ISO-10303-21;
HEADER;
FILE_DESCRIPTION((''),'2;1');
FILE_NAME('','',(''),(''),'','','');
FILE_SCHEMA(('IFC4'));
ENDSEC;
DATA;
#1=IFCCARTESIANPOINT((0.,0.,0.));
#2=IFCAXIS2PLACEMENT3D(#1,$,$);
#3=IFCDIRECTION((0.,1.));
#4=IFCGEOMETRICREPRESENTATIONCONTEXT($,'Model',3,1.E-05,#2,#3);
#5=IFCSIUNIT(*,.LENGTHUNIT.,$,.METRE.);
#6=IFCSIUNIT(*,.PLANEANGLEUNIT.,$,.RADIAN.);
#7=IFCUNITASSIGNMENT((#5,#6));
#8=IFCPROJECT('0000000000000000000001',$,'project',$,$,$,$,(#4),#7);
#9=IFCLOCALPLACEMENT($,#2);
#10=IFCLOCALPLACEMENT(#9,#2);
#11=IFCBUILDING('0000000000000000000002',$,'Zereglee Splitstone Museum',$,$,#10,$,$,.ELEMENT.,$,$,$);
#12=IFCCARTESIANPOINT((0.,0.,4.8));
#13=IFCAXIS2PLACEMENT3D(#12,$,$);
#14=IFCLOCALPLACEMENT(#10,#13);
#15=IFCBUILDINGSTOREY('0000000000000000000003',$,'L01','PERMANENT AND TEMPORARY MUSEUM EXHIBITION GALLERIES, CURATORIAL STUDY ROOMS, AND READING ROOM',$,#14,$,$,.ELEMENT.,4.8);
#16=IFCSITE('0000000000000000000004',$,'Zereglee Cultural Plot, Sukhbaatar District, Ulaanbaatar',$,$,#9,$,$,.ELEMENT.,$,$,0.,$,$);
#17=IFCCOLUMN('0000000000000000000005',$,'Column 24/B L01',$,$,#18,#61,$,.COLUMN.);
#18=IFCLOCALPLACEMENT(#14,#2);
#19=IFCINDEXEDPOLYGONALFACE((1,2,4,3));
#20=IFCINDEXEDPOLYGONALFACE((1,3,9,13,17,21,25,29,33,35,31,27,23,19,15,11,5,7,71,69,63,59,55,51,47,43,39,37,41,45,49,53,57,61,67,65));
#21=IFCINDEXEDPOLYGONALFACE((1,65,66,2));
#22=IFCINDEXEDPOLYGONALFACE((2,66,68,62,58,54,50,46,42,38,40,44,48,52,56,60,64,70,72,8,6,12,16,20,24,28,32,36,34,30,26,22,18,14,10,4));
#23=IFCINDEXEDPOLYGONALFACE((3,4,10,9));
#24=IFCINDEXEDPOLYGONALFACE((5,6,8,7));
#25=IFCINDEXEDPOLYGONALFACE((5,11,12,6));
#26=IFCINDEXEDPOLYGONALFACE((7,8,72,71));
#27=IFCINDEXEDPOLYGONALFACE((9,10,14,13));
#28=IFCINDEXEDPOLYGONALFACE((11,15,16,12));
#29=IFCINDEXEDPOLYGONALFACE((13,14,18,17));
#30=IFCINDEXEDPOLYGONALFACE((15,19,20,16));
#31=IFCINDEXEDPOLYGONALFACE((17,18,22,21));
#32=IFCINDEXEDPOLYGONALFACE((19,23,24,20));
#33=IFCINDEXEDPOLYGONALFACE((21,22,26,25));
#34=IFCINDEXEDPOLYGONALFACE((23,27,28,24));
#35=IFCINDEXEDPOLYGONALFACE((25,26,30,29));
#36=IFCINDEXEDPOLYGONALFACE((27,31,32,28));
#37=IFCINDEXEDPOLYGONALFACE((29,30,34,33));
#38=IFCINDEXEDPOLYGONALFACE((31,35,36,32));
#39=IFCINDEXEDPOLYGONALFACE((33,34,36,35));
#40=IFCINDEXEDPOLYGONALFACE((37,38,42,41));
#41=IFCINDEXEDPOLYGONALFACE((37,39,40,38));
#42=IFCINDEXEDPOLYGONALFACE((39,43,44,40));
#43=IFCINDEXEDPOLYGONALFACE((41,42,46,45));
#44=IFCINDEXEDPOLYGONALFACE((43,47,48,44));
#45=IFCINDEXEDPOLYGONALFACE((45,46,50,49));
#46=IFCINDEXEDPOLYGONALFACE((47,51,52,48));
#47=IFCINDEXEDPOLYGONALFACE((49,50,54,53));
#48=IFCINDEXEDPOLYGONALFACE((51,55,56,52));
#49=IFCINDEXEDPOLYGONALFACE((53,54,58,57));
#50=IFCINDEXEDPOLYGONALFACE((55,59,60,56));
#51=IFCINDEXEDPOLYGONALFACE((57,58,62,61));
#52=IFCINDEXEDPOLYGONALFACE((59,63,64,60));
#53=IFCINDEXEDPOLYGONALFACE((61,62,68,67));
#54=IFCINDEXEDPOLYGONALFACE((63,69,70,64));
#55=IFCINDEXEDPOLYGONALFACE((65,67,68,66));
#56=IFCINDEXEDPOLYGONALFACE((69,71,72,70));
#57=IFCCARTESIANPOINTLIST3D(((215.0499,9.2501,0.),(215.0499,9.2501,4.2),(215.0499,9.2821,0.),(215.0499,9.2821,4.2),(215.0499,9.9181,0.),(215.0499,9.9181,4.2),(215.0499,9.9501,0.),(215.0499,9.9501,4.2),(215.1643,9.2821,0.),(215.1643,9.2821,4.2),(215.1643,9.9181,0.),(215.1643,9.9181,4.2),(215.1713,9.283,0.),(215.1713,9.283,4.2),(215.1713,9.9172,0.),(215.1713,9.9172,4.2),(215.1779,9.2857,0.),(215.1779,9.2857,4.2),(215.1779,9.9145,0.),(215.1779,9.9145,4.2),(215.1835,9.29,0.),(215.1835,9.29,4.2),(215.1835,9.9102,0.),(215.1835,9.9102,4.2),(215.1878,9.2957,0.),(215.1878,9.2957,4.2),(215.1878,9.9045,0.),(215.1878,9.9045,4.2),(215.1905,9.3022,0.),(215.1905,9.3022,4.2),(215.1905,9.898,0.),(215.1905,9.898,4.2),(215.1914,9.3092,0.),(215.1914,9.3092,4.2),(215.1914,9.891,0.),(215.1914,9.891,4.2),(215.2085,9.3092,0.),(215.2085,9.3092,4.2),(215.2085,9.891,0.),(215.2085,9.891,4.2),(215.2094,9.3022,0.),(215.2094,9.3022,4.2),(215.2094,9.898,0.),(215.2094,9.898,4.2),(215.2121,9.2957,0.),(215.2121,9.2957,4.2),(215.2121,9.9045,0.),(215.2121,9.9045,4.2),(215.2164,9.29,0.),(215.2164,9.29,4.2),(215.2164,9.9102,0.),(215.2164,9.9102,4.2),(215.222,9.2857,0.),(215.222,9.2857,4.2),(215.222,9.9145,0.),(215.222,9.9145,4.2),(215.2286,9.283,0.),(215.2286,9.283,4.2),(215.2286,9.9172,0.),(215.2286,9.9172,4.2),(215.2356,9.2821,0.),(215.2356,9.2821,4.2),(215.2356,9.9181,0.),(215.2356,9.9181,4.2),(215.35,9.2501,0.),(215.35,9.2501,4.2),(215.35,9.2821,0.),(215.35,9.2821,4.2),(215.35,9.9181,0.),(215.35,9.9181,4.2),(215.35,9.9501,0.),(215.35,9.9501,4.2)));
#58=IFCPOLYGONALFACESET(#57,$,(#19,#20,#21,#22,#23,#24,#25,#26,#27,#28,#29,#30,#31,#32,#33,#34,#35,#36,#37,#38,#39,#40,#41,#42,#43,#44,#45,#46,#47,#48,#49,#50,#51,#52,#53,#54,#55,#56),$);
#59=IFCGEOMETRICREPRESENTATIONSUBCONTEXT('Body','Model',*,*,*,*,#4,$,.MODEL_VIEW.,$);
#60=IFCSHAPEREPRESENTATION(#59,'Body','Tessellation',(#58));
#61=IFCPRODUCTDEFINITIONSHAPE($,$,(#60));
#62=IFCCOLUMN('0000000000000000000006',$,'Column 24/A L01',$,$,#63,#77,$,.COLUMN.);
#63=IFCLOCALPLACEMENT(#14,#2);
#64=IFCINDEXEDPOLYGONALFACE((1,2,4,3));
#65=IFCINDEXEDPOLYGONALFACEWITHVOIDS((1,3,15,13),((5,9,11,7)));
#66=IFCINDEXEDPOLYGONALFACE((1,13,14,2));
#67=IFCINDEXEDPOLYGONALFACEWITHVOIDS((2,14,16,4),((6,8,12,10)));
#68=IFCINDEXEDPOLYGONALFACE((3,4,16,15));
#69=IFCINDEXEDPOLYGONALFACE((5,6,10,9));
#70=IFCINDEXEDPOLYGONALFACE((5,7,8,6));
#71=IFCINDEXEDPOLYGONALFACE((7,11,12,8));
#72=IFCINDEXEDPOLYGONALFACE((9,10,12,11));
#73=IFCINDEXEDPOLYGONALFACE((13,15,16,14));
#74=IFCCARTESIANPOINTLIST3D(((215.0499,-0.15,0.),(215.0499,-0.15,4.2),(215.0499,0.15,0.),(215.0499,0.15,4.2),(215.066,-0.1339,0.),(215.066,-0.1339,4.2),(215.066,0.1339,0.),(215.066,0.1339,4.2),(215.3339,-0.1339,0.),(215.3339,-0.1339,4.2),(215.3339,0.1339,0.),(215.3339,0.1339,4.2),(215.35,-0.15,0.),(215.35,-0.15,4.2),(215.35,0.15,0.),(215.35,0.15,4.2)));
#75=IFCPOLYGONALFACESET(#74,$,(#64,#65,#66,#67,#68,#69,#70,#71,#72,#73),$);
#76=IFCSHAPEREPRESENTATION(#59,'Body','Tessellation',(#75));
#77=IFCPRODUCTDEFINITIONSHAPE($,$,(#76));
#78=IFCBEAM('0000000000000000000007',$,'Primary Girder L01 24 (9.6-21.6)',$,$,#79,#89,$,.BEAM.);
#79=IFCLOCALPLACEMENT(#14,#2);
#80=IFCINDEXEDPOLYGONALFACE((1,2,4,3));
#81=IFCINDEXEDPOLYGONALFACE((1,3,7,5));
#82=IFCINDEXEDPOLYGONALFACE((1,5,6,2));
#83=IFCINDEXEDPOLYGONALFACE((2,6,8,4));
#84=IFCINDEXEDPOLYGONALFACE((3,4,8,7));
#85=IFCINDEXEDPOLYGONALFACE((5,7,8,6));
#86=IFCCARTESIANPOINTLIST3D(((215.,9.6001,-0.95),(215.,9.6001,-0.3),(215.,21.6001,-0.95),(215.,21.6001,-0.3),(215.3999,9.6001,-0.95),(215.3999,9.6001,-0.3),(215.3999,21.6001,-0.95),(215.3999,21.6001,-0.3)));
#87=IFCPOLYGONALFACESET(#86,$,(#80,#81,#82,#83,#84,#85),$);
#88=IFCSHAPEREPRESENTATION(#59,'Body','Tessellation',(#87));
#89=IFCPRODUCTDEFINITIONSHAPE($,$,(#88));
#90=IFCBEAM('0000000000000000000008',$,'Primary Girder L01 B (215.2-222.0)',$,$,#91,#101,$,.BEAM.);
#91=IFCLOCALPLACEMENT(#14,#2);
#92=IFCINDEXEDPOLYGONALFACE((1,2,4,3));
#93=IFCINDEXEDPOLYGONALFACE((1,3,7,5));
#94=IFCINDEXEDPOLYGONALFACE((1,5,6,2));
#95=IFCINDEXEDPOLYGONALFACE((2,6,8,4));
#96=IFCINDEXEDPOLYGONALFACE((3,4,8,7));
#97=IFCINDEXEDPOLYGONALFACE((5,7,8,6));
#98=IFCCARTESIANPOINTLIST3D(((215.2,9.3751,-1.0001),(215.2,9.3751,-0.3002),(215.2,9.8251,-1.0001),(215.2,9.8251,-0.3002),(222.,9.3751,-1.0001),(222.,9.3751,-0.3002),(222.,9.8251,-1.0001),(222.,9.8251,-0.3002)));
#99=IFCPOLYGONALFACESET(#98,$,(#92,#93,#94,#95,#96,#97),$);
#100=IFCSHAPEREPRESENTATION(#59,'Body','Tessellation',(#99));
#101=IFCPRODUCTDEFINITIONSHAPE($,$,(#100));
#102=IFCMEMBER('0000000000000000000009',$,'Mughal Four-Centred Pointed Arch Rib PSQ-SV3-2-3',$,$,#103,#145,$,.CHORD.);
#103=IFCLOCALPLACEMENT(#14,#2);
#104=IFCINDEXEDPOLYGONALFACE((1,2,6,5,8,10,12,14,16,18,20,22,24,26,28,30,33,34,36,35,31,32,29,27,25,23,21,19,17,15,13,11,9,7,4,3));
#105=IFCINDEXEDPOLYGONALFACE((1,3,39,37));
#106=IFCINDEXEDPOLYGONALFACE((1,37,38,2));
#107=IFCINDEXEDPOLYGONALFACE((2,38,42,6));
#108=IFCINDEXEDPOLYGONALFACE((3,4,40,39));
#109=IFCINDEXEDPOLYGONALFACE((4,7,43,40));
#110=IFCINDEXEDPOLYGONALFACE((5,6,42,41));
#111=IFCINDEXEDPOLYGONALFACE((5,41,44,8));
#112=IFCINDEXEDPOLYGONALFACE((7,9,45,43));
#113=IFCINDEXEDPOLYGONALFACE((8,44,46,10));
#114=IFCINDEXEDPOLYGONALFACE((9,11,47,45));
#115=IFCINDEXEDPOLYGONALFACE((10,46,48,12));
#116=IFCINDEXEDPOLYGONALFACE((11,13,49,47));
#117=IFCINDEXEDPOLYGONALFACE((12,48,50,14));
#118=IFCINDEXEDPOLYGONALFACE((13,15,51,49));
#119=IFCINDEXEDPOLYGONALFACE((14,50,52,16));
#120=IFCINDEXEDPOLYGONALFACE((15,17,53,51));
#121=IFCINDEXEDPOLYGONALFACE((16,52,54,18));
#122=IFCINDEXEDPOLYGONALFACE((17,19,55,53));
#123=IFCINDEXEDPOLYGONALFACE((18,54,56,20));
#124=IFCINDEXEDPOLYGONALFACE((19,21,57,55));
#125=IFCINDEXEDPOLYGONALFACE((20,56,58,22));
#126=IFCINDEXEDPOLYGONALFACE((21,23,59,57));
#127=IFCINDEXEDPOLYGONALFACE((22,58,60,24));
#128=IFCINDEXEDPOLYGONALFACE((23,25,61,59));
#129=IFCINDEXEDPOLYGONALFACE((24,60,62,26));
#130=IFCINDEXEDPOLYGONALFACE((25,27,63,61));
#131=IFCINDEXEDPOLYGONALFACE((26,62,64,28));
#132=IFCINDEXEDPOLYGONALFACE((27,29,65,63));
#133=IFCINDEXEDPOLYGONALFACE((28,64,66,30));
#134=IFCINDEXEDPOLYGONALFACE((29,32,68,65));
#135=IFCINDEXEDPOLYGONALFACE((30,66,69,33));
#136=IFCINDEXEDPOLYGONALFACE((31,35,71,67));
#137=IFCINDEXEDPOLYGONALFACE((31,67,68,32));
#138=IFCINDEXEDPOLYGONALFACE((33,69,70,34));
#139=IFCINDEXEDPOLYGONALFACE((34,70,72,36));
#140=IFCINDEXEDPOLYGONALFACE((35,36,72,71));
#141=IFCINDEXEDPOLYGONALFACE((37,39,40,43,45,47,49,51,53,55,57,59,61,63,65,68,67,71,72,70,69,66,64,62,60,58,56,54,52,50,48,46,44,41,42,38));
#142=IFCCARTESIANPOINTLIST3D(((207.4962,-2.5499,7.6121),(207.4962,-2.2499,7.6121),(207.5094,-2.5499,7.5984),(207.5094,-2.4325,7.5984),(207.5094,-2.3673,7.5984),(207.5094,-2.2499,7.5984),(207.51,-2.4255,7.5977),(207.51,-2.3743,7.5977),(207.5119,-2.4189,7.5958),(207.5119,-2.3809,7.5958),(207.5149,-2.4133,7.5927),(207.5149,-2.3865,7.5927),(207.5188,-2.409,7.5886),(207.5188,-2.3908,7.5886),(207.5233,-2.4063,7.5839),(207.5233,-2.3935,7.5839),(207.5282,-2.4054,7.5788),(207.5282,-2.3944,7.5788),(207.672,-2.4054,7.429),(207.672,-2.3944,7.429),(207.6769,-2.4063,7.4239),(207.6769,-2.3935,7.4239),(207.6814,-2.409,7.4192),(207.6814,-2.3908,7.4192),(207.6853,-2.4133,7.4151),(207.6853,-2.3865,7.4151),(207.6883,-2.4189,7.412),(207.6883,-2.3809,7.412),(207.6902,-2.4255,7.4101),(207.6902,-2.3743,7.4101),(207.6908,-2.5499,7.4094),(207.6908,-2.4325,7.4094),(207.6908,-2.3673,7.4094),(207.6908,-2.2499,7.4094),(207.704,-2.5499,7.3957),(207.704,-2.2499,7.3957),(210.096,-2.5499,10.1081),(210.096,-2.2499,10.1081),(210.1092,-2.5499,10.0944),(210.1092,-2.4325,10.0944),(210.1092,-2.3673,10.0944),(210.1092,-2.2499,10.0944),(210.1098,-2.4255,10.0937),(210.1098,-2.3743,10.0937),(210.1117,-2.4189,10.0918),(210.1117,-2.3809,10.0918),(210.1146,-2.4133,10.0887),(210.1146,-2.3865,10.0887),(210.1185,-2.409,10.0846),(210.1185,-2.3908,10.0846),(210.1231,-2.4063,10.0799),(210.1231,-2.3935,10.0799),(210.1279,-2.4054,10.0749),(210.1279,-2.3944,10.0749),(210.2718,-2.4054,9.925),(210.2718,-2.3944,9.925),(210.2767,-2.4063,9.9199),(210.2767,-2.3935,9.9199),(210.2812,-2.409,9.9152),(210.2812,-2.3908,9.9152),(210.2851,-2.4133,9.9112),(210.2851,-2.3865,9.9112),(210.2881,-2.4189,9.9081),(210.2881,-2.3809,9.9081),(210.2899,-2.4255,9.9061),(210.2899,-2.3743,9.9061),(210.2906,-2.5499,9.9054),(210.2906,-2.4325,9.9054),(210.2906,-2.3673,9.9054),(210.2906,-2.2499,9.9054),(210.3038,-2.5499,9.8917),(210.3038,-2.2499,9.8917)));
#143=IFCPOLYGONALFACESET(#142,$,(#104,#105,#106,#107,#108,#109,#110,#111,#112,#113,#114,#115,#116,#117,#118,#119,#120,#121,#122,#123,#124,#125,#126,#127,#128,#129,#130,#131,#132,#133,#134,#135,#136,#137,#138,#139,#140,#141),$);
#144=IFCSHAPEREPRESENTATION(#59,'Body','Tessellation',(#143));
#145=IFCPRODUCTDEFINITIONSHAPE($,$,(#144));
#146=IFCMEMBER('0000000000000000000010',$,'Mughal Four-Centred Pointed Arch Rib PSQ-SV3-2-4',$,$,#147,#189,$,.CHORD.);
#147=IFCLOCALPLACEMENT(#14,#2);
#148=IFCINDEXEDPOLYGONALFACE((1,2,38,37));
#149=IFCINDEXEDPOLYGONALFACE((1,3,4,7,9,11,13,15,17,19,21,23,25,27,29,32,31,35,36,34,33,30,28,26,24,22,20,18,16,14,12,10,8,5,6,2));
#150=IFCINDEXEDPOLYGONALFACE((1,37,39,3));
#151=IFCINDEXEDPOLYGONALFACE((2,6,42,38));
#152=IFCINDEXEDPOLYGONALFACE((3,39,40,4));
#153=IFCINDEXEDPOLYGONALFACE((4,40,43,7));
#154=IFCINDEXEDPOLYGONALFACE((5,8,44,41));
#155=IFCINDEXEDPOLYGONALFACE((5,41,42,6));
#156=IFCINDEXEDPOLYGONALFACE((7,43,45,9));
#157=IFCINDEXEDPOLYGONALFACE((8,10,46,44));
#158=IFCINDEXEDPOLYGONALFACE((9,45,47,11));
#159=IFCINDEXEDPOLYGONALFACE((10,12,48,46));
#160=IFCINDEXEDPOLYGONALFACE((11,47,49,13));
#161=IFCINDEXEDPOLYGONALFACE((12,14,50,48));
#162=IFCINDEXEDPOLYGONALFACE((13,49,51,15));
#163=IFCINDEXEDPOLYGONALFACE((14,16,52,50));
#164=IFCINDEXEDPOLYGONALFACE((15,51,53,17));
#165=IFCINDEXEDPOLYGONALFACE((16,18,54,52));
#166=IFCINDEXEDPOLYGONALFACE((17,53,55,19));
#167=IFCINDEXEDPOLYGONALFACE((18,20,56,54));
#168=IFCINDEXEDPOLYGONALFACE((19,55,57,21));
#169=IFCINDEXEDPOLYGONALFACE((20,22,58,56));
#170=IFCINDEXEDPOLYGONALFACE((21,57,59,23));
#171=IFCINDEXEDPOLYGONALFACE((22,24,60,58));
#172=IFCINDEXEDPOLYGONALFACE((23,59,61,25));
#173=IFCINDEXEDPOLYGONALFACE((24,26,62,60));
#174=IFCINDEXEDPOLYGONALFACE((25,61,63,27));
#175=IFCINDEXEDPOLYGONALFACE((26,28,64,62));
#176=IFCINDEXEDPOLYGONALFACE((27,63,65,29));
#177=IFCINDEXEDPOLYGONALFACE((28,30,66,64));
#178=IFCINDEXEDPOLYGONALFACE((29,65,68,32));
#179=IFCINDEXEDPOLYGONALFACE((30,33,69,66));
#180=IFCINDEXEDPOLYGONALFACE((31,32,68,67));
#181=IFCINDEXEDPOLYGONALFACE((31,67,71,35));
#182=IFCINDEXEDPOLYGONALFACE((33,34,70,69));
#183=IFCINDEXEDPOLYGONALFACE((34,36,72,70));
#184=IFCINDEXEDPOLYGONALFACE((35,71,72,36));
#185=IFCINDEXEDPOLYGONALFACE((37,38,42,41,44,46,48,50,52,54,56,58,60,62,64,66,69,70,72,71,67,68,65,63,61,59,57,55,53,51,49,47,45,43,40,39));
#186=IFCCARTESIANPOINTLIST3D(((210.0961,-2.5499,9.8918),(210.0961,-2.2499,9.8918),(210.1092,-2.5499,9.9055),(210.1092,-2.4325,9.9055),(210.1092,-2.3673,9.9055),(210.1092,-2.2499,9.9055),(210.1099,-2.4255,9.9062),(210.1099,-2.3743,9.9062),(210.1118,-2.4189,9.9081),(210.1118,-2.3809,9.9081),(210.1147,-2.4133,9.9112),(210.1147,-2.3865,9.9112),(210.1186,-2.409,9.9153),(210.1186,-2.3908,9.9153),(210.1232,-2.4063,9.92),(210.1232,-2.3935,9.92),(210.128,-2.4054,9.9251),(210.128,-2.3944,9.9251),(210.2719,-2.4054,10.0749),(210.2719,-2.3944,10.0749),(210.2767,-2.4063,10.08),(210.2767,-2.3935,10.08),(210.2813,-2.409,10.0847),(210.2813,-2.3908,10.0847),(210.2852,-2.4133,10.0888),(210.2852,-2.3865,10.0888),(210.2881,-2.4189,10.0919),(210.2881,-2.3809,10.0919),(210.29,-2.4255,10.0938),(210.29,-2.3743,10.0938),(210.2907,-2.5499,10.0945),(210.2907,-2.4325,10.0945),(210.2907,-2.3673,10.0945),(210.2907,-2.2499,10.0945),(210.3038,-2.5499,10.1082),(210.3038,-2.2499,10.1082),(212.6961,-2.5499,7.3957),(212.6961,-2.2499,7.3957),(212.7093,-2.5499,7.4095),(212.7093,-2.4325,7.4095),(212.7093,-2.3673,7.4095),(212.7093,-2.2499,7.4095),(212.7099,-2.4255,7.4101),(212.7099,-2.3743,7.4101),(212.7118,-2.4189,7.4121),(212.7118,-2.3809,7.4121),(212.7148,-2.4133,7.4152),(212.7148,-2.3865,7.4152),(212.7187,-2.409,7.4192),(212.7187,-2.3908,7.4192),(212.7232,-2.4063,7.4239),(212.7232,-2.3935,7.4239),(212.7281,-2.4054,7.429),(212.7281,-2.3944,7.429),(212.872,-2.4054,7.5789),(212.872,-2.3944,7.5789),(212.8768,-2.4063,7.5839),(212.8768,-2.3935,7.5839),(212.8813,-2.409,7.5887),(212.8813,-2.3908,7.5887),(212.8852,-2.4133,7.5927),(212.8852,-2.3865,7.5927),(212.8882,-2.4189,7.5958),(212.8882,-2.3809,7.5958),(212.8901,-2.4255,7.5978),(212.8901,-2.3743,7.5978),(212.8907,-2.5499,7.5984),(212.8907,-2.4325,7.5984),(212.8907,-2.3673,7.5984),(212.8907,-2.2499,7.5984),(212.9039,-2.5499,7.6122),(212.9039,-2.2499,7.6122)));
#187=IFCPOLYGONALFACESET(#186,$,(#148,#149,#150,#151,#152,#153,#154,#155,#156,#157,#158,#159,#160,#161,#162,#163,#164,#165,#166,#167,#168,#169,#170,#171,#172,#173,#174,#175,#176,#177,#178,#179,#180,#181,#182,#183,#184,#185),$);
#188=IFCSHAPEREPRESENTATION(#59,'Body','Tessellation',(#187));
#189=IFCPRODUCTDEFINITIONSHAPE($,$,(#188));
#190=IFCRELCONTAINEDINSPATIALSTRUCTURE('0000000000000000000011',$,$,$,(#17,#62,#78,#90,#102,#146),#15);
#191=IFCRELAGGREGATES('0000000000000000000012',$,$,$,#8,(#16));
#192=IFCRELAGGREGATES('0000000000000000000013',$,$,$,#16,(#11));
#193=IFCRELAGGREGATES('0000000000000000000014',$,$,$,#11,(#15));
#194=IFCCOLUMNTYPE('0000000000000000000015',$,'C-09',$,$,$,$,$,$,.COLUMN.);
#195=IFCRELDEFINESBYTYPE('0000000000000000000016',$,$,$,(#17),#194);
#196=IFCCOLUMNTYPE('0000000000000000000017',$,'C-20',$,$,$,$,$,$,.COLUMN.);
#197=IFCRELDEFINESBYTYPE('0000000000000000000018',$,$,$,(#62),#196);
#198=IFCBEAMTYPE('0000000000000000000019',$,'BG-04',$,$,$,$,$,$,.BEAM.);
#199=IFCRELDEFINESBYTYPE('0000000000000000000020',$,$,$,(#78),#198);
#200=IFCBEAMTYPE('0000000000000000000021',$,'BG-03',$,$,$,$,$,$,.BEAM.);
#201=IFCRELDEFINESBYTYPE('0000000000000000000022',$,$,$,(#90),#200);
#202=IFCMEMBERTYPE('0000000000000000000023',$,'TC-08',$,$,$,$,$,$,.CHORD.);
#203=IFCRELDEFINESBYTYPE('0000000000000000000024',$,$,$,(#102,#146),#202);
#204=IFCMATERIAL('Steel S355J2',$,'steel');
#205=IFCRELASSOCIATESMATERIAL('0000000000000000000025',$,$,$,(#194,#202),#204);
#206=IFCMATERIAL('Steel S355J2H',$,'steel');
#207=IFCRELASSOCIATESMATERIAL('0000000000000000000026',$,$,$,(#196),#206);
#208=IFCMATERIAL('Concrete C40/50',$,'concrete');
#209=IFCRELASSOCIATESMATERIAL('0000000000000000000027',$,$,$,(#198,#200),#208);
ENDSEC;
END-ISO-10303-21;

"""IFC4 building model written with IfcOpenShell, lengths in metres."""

from ifc_helpers import new_model, si_unit, direction, frame, origin, origin_2d, place, context, subcontext, project, spatial, rectangle, hollow_rectangle, i_section, extrude, material, material_profile, profile_set, type_object, element, save


model = new_model("IFC4")

# Units and contexts
model_context = context("Model", 3, precision=1e-05, world=origin(), true_north=direction((0.0, 1.0)))
body_context = subcontext(model_context, "Body", "Model", "MODEL_VIEW")
ifc_project = project(units=[si_unit("LENGTHUNIT", "METRE"), si_unit("PLANEANGLEUNIT", "RADIAN")], contexts=[model_context])

# Site, building, storey
site_placement = place(None, origin())
site = spatial("IfcSite", under=ifc_project, at=site_placement, Name="Zereglee Cultural Plot, Sukhbaatar District, Ulaanbaatar", CompositionType="ELEMENT", RefElevation=0.0)
building_placement = place(site_placement, origin())
building = spatial("IfcBuilding", under=site, at=building_placement, Name="Zereglee Splitstone Museum", CompositionType="ELEMENT")
storey_placement = place(building_placement, frame((0.0, 0.0, 4.8)))
storey = spatial("IfcBuildingStorey", under=building, at=storey_placement, Name="L01", Description="PERMANENT AND TEMPORARY MUSEUM EXHIBITION GALLERIES, CURATORIAL STUDY ROOMS, AND READING ROOM", CompositionType="ELEMENT", Elevation=4.8)

# Columns
ifc_material_1 = material(Name="Steel S355J2", Category="steel")
ifc_material_profile_1 = material_profile(ifc_material_1, i_section(OverallWidth=0.3, OverallDepth=0.7, WebThickness=0.0171, FlangeThickness=0.032, FilletRadius=0.0271, at=origin_2d()), Name="HE 700 B")
ifc_profile_set_1 = profile_set([ifc_material_profile_1], Name="Steel S355J2")
column_type_1 = type_object("IfcColumnType", Name="C-09", PredefinedType="COLUMN", material=ifc_profile_set_1)
column_1_placement = place(storey_placement, frame((215.2, 9.6001, 0.0), z_axis=(0.0, 0.0, 1.0), x_axis=(1.0, 0.0, 0.0)))
element("IfcColumn", 1, at=column_1_placement, inside=storey, type_object=column_type_1, Name="Column 24/B L01", PredefinedType="COLUMN", context=body_context, shape_type="SweptSolid", body=[
    extrude(i_section(OverallWidth=0.3, OverallDepth=0.7, WebThickness=0.0171, FlangeThickness=0.032, FilletRadius=0.0271, at=origin_2d()), origin(), (0.0, 0.0, 1.0), 4.2),
])
ifc_material_2 = material(Name="Steel S355J2H", Category="steel")
ifc_material_profile_2 = material_profile(ifc_material_2, hollow_rectangle(XDim=0.3, YDim=0.3, WallThickness=0.0161, at=origin_2d()), Name="SHS 300x300x16")
ifc_profile_set_2 = profile_set([ifc_material_profile_2], Name="Steel S355J2H")
column_type_2 = type_object("IfcColumnType", Name="C-20", PredefinedType="COLUMN", material=ifc_profile_set_2)
column_2_placement = place(storey_placement, frame((215.2, 0.0, 0.0), z_axis=(0.0, 0.0, 1.0), x_axis=(1.0, 0.0, 0.0)))
element("IfcColumn", 2, at=column_2_placement, inside=storey, type_object=column_type_2, Name="Column 24/A L01", PredefinedType="COLUMN", context=body_context, shape_type="SweptSolid", body=[
    extrude(hollow_rectangle(XDim=0.3, YDim=0.3, WallThickness=0.0161, at=origin_2d()), origin(), (0.0, 0.0, 1.0), 4.2),
])

# Beams
ifc_material_3 = material(Name="Concrete C40/50", Category="concrete")
ifc_material_profile_3 = material_profile(ifc_material_3, rectangle(XDim=0.3999, YDim=0.6499, at=origin_2d()), Name="RC 400x650")
ifc_profile_set_3 = profile_set([ifc_material_profile_3], Name="Concrete C40/50")
beam_type_1 = type_object("IfcBeamType", Name="BG-04", PredefinedType="BEAM", material=ifc_profile_set_3)
beam_1_placement = place(storey_placement, frame((215.2, 9.6001, -0.625), z_axis=(0.0, 1.0, 0.0), x_axis=(-1.0, 0.0, 0.0)))
element("IfcBeam", 3, at=beam_1_placement, inside=storey, type_object=beam_type_1, Name="Primary Girder L01 24 (9.6-21.6)", PredefinedType="BEAM", context=body_context, shape_type="SweptSolid", body=[
    extrude(rectangle(XDim=0.3999, YDim=0.6499, at=origin_2d()), origin(), (0.0, 0.0, 1.0), 12.0),
])
ifc_material_profile_4 = material_profile(ifc_material_3, rectangle(XDim=0.45, YDim=0.7, at=origin_2d()), Name="RC 450x700")
ifc_profile_set_4 = profile_set([ifc_material_profile_4], Name="Concrete C40/50")
beam_type_2 = type_object("IfcBeamType", Name="BG-03", PredefinedType="BEAM", material=ifc_profile_set_4)
beam_2_placement = place(storey_placement, frame((215.2, 9.6001, -0.6501), z_axis=(1.0, 0.0, 0.0), x_axis=(0.0, 1.0, 0.0)))
element("IfcBeam", 4, at=beam_2_placement, inside=storey, type_object=beam_type_2, Name="Primary Girder L01 B (215.2-222.0)", PredefinedType="BEAM", context=body_context, shape_type="SweptSolid", body=[
    extrude(rectangle(XDim=0.45, YDim=0.7, at=origin_2d()), origin(), (0.0, 0.0, 1.0), 6.8),
])

# Members
ifc_material_profile_5 = material_profile(ifc_material_1, i_section(OverallWidth=0.3, OverallDepth=0.3, WebThickness=0.011, FlangeThickness=0.019, FilletRadius=0.0271, at=origin_2d()), Name="HE 300 B")
ifc_profile_set_5 = profile_set([ifc_material_profile_5], Name="Steel S355J2")
member_type_1 = type_object("IfcMemberType", Name="TC-08", PredefinedType="CHORD", material=ifc_profile_set_5)
member_1_placement = place(storey_placement, frame((207.6001, -2.3999, 7.5039), z_axis=(0.721355, 0.0, 0.692566), x_axis=(0.0, 1.0, 0.0)))
element("IfcMember", 5, at=member_1_placement, inside=storey, type_object=member_type_1, Name="Mughal Four-Centred Pointed Arch Rib PSQ-SV3-2-3", PredefinedType="CHORD", context=body_context, shape_type="SweptSolid", body=[
    extrude(i_section(OverallWidth=0.3, OverallDepth=0.3, WebThickness=0.011, FlangeThickness=0.019, FilletRadius=0.0271, at=origin_2d()), origin(), (0.0, 0.0, 1.0), 3.604),
])
member_2_placement = place(storey_placement, frame((210.2, -2.3999, 10.0), z_axis=(0.721387, 0.0, -0.692532), x_axis=(0.0, 1.0, 0.0)))
element("IfcMember", 6, at=member_2_placement, inside=storey, type_object=member_type_1, Name="Mughal Four-Centred Pointed Arch Rib PSQ-SV3-2-4", PredefinedType="CHORD", context=body_context, shape_type="SweptSolid", body=[
    extrude(i_section(OverallWidth=0.3, OverallDepth=0.3, WebThickness=0.011, FlangeThickness=0.019, FilletRadius=0.0271, at=origin_2d()), origin(), (0.0, 0.0, 1.0), 3.6042),
])

save(model, "model.ifc")
